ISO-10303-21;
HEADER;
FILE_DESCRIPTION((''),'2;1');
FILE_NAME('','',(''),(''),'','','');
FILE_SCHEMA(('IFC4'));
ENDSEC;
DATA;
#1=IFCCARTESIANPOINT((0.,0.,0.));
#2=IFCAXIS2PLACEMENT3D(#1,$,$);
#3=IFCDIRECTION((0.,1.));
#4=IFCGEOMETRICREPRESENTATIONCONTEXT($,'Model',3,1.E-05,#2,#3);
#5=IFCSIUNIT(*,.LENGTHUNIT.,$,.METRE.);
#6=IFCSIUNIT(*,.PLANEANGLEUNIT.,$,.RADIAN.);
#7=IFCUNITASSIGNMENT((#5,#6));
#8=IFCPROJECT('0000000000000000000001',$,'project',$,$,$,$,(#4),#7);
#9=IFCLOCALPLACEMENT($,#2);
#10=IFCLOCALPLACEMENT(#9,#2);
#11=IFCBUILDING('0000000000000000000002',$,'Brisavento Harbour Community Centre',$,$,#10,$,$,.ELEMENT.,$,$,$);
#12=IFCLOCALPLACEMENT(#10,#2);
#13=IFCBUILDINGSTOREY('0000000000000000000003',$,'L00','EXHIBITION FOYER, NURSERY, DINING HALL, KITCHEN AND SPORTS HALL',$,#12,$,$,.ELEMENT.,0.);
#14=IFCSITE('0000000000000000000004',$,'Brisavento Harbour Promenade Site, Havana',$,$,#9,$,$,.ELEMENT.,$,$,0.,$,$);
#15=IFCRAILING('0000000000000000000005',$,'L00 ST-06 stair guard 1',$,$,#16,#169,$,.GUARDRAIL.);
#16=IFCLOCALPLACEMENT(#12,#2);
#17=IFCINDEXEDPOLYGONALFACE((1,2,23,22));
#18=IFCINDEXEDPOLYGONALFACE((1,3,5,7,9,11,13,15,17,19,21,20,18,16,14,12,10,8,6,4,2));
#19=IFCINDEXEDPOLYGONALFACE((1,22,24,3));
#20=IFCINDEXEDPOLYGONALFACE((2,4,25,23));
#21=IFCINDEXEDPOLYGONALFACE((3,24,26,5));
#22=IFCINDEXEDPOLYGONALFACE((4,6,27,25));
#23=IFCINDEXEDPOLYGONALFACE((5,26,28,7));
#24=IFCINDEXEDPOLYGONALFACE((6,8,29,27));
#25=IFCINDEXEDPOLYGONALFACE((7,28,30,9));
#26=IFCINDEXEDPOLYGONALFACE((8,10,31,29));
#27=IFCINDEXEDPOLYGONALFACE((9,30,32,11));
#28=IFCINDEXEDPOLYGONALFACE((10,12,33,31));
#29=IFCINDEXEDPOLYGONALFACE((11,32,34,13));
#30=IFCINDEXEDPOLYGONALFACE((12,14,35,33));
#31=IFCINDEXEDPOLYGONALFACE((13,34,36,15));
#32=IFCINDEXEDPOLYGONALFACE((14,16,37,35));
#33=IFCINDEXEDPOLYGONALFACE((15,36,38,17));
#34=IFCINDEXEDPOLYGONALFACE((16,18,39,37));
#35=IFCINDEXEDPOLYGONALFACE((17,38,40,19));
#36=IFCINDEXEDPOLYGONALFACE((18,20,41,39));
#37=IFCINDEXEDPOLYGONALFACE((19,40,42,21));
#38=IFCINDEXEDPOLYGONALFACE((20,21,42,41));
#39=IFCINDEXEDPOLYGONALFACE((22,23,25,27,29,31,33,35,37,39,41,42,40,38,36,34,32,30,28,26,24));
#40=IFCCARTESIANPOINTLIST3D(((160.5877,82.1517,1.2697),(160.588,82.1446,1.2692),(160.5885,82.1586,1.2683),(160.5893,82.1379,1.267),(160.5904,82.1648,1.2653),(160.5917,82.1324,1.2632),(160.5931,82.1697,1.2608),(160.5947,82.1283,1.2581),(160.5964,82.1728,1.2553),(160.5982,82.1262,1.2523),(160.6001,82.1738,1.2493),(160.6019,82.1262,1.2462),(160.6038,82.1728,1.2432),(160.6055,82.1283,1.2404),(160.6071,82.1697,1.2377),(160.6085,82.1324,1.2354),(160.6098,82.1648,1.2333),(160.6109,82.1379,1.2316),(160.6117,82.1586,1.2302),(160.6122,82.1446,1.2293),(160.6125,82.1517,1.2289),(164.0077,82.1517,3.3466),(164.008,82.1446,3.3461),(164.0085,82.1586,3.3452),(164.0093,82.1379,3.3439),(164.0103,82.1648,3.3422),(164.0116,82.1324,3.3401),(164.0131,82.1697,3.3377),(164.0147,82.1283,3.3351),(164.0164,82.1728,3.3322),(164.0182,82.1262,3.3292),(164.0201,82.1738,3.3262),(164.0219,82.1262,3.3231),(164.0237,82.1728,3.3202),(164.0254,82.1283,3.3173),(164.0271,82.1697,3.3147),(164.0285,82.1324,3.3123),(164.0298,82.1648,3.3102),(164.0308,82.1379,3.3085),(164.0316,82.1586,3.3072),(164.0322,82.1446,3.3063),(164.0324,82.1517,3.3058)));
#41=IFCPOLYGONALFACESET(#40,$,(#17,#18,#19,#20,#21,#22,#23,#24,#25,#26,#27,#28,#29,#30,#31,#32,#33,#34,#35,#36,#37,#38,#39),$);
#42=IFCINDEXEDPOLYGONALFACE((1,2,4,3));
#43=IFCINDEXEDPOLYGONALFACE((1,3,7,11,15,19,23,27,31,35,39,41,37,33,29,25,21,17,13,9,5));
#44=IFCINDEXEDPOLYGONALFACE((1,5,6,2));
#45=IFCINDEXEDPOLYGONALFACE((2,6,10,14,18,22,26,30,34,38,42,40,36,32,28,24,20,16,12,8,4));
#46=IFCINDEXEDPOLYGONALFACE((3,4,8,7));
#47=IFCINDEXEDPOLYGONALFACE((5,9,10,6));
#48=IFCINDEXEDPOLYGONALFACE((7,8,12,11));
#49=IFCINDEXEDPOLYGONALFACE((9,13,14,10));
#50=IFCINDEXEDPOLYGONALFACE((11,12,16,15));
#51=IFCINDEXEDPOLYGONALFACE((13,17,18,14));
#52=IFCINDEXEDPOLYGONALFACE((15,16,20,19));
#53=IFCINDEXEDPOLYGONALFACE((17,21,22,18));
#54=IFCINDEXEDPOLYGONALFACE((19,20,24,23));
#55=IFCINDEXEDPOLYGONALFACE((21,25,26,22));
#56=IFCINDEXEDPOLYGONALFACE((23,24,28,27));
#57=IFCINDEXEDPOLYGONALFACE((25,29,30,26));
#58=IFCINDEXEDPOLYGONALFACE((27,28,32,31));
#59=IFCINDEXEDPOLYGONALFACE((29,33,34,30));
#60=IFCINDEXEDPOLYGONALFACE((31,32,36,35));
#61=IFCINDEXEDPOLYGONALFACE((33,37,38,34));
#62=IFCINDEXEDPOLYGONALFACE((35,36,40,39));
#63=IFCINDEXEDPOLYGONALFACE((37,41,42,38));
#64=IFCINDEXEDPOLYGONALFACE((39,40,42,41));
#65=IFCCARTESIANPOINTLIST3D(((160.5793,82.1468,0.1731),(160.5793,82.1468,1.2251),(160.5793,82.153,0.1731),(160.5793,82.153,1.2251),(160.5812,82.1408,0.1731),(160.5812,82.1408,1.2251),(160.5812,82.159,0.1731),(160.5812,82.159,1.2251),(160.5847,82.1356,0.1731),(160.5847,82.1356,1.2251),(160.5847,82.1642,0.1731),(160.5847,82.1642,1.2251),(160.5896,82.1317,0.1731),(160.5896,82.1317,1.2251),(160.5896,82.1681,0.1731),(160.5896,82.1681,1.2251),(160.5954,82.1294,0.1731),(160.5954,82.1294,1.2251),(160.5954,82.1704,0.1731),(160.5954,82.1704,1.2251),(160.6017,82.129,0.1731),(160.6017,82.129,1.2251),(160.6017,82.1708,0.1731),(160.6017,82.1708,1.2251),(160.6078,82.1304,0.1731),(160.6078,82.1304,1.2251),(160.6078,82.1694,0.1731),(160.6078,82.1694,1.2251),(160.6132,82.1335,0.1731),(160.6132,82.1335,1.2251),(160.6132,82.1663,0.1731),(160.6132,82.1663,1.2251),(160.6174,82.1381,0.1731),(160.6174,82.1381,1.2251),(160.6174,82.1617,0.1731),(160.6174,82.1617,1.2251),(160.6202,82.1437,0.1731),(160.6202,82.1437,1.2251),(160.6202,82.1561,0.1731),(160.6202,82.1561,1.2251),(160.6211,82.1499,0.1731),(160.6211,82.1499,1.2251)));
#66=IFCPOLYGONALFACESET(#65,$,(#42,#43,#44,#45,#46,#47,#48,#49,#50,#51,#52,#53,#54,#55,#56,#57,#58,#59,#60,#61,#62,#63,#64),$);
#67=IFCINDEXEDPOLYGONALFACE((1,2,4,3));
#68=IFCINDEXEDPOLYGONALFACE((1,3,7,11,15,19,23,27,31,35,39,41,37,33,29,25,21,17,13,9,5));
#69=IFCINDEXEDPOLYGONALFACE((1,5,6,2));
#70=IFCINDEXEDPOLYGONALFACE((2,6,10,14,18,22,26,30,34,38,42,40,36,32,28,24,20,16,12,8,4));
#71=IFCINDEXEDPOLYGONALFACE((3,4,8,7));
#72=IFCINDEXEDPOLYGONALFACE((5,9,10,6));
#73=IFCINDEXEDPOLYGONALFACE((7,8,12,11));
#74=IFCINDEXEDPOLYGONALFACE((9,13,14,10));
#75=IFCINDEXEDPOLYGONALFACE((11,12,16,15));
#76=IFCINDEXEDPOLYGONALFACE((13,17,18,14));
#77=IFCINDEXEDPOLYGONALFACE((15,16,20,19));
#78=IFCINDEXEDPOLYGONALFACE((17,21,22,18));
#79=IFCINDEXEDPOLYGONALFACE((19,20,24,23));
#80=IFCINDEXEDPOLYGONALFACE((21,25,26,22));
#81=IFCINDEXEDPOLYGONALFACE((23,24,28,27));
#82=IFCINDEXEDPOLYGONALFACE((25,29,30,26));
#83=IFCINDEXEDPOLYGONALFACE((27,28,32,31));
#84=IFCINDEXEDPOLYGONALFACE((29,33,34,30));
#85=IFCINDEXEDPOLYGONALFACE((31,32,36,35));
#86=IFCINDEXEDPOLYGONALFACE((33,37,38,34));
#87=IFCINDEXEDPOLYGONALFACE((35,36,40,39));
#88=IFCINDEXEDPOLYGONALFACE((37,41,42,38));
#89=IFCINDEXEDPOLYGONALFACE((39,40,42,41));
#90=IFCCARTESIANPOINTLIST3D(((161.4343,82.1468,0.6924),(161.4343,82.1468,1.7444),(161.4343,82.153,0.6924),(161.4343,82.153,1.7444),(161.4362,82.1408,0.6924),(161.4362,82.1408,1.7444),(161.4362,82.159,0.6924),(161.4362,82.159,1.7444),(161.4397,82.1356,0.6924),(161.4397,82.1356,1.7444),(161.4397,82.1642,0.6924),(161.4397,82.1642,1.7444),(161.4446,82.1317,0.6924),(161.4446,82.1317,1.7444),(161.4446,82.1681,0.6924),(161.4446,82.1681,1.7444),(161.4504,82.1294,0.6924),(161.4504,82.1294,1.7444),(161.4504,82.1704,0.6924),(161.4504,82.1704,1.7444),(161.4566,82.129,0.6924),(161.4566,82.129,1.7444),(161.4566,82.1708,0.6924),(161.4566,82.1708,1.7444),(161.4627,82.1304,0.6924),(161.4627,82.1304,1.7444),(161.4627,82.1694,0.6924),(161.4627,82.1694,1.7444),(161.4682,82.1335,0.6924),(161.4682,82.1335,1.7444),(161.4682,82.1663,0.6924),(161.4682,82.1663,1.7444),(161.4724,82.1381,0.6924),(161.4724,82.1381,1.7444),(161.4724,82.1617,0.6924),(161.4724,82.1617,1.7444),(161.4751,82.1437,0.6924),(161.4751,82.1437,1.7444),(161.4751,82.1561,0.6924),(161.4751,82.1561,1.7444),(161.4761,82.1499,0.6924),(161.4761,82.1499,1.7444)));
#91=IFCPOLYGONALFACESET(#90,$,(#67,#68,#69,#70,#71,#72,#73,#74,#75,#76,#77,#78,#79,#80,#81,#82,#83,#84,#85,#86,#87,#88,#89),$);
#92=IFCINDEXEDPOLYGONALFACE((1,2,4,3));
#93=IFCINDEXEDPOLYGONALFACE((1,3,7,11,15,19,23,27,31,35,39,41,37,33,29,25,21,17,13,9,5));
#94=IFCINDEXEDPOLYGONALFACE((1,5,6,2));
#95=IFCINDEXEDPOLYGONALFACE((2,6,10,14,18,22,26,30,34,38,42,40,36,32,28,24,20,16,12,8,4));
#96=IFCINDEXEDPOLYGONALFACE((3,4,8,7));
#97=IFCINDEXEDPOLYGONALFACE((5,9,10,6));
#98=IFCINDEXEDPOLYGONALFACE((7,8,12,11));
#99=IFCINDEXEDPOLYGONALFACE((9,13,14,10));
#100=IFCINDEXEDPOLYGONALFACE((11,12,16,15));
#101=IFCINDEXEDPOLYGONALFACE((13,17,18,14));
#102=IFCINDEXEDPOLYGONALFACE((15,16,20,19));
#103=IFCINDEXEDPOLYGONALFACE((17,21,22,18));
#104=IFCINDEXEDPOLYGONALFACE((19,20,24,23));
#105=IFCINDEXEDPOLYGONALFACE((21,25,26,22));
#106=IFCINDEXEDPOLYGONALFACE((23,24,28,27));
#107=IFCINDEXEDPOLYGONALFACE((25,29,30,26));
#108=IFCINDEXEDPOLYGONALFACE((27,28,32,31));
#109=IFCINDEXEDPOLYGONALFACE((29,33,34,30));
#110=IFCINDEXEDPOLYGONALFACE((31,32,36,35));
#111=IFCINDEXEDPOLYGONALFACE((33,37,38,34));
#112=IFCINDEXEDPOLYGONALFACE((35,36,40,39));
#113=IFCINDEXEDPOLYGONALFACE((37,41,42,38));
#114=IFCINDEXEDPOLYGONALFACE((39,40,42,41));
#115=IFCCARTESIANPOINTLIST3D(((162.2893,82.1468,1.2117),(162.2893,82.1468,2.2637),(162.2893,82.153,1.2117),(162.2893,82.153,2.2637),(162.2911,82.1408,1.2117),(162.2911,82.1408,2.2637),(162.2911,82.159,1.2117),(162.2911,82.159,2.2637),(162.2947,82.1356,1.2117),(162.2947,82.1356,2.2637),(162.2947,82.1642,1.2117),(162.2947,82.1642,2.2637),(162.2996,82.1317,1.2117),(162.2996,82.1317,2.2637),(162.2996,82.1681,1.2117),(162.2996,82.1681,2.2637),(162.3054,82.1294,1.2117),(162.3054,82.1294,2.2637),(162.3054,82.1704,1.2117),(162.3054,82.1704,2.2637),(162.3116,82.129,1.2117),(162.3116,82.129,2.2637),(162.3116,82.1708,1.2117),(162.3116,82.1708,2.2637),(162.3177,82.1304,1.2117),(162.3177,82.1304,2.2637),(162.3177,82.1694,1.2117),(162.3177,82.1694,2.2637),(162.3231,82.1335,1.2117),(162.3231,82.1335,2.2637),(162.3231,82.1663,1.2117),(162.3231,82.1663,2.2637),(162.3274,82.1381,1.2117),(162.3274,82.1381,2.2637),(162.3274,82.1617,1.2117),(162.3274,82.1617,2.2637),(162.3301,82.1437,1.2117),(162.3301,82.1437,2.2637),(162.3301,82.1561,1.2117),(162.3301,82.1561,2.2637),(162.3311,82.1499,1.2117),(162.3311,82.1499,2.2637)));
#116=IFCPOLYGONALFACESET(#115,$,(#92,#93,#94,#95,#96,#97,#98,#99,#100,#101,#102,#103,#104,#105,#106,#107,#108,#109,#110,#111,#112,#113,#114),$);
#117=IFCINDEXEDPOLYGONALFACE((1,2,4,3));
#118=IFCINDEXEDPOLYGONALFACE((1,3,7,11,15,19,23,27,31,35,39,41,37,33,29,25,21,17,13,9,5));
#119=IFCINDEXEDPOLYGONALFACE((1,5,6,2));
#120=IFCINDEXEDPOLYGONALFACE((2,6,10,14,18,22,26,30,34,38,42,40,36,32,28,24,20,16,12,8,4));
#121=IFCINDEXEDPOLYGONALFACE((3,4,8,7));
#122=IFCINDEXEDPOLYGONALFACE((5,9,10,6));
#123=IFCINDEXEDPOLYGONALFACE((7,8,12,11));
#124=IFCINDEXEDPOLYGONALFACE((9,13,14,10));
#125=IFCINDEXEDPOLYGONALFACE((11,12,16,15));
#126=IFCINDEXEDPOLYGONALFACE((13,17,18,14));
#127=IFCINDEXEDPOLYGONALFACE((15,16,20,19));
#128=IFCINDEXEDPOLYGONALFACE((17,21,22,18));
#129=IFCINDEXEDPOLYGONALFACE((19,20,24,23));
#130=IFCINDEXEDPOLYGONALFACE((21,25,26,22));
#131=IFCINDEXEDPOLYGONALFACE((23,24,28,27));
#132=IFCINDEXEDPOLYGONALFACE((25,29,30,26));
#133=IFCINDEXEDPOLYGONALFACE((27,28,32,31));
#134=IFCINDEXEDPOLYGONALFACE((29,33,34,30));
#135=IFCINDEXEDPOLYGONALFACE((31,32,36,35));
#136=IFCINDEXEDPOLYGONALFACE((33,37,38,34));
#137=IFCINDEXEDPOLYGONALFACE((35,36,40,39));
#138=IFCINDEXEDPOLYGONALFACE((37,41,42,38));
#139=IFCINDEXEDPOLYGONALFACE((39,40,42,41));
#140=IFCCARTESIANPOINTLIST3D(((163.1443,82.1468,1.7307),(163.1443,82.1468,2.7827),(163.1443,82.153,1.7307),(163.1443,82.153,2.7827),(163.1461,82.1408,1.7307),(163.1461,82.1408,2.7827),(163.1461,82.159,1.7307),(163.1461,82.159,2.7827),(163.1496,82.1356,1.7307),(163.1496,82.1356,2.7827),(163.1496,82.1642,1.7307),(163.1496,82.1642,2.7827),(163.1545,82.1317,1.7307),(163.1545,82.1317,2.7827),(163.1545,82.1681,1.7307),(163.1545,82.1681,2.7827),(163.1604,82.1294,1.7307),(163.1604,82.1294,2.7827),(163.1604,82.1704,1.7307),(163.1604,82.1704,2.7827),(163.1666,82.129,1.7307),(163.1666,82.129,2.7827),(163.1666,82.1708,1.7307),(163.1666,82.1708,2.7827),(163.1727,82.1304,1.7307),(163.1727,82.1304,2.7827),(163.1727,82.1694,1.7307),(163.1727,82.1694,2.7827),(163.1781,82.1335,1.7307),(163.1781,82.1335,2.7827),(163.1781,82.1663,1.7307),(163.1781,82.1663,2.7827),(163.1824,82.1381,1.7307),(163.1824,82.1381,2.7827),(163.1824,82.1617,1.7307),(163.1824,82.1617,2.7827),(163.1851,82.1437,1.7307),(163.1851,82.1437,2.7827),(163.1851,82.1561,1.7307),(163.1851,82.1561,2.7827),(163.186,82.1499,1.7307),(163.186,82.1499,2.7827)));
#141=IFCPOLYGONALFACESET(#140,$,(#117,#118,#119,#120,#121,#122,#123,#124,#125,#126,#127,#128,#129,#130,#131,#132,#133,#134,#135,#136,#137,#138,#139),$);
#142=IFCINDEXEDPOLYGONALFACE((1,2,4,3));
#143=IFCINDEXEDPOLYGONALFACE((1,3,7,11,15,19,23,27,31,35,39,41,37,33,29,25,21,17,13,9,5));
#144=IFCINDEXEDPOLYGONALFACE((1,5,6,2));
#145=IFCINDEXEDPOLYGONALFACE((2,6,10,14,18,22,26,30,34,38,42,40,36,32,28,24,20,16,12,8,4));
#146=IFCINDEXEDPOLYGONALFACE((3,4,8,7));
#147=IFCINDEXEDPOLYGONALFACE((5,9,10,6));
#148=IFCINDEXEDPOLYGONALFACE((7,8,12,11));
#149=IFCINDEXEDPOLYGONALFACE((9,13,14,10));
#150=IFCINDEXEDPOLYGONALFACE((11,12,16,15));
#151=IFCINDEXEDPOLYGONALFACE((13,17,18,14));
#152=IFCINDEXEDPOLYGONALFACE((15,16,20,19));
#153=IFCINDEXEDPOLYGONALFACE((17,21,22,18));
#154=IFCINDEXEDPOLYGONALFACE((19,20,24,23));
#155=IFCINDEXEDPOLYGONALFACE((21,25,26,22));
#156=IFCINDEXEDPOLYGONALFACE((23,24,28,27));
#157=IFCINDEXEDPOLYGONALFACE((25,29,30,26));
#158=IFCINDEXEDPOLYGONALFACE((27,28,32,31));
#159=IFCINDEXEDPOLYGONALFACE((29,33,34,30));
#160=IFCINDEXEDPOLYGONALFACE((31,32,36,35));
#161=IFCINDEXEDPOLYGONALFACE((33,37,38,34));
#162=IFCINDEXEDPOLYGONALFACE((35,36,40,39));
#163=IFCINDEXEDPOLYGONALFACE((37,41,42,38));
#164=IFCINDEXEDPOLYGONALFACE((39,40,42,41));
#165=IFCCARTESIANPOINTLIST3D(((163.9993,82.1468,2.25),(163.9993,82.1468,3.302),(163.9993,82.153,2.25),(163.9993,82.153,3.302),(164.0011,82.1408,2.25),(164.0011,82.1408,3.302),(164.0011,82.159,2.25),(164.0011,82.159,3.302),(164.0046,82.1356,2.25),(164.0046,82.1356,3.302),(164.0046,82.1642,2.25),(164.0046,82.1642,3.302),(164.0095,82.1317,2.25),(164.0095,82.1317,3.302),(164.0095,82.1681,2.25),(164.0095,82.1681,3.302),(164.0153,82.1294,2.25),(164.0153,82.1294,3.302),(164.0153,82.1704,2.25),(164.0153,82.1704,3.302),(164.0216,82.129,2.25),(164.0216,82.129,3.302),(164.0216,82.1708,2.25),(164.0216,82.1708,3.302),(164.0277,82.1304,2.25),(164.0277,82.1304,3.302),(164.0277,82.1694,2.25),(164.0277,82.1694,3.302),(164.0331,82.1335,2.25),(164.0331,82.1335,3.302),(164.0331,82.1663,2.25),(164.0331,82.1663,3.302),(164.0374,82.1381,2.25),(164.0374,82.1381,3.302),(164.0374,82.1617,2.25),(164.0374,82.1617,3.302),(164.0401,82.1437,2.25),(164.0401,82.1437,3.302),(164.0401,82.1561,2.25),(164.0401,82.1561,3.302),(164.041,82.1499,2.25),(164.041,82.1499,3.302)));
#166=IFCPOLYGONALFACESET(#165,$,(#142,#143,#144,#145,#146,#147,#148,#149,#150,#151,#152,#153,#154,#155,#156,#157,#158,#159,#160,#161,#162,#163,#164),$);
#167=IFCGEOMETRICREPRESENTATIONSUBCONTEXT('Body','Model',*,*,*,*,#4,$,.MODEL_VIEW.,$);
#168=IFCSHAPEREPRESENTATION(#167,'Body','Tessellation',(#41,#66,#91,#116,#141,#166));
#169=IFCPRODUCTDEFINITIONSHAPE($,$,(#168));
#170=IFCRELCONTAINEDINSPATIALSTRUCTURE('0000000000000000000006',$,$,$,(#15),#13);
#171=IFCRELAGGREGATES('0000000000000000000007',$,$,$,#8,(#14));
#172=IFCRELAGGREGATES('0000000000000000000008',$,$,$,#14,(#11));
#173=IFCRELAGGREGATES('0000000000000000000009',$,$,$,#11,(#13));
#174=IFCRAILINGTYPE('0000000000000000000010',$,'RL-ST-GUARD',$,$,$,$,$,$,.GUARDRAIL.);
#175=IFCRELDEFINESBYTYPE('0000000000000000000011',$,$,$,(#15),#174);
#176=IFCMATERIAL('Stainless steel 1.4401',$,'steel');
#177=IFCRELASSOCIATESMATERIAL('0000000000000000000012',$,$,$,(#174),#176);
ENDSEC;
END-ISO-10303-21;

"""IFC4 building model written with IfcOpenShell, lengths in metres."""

from ifc_helpers import new_model, si_unit, direction, frame, origin, origin_2d, place, context, subcontext, project, spatial, circle, extrude, material, type_object, element, save


model = new_model("IFC4")

# Units and contexts
model_context = context("Model", 3, precision=1e-05, world=origin(), true_north=direction((0.0, 1.0)))
body_context = subcontext(model_context, "Body", "Model", "MODEL_VIEW")
ifc_project = project(units=[si_unit("LENGTHUNIT", "METRE"), si_unit("PLANEANGLEUNIT", "RADIAN")], contexts=[model_context])

# Site, building, storey
site_placement = place(None, origin())
site = spatial("IfcSite", under=ifc_project, at=site_placement, Name="Brisavento Harbour Promenade Site, Havana", CompositionType="ELEMENT", RefElevation=0.0)
building_placement = place(site_placement, origin())
building = spatial("IfcBuilding", under=site, at=building_placement, Name="Brisavento Harbour Community Centre", CompositionType="ELEMENT")
storey_placement = place(building_placement, origin())
storey = spatial("IfcBuildingStorey", under=building, at=storey_placement, Name="L00", Description="EXHIBITION FOYER, NURSERY, DINING HALL, KITCHEN AND SPORTS HALL", CompositionType="ELEMENT", Elevation=0.0)

# Railing
ifc_material_1 = material(Name="Stainless steel 1.4401", Category="steel")
railing_type_1 = type_object("IfcRailingType", Name="RL-ST-GUARD", PredefinedType="GUARDRAIL", material=ifc_material_1)
railing_1_placement = place(storey_placement, frame((160.6001, 82.1499, 0.1731)))
element("IfcRailing", 1, at=railing_1_placement, inside=storey, type_object=railing_type_1, Name="L00 ST-06 stair guard 1", PredefinedType="GUARDRAIL", context=body_context, shape_type="SweptSolid", body=[
    extrude(circle(Radius=0.0239, at=origin_2d()), frame((0.0, 0.0, 1.0762), z_axis=(0.85473, 0.0, 0.519074), x_axis=(0.0, 1.0, 0.0)), (0.0, 0.0, 1.0), 4.0012),
    extrude(circle(Radius=0.021, at=origin_2d()), origin(), (0.0, 0.0, 1.0), 1.052),
    extrude(circle(Radius=0.021, at=origin_2d()), frame((0.855, 0.0, 0.5193)), (0.0, 0.0, 1.0), 1.052),
    extrude(circle(Radius=0.021, at=origin_2d()), frame((1.71, 0.0, 1.0386)), (0.0, 0.0, 1.0), 1.052),
    extrude(circle(Radius=0.021, at=origin_2d()), frame((2.5649, 0.0, 1.5576)), (0.0, 0.0, 1.0), 1.052),
    extrude(circle(Radius=0.021, at=origin_2d()), frame((3.4199, 0.0, 2.0769)), (0.0, 0.0, 1.0), 1.052),
])

save(model, "model.ifc")
